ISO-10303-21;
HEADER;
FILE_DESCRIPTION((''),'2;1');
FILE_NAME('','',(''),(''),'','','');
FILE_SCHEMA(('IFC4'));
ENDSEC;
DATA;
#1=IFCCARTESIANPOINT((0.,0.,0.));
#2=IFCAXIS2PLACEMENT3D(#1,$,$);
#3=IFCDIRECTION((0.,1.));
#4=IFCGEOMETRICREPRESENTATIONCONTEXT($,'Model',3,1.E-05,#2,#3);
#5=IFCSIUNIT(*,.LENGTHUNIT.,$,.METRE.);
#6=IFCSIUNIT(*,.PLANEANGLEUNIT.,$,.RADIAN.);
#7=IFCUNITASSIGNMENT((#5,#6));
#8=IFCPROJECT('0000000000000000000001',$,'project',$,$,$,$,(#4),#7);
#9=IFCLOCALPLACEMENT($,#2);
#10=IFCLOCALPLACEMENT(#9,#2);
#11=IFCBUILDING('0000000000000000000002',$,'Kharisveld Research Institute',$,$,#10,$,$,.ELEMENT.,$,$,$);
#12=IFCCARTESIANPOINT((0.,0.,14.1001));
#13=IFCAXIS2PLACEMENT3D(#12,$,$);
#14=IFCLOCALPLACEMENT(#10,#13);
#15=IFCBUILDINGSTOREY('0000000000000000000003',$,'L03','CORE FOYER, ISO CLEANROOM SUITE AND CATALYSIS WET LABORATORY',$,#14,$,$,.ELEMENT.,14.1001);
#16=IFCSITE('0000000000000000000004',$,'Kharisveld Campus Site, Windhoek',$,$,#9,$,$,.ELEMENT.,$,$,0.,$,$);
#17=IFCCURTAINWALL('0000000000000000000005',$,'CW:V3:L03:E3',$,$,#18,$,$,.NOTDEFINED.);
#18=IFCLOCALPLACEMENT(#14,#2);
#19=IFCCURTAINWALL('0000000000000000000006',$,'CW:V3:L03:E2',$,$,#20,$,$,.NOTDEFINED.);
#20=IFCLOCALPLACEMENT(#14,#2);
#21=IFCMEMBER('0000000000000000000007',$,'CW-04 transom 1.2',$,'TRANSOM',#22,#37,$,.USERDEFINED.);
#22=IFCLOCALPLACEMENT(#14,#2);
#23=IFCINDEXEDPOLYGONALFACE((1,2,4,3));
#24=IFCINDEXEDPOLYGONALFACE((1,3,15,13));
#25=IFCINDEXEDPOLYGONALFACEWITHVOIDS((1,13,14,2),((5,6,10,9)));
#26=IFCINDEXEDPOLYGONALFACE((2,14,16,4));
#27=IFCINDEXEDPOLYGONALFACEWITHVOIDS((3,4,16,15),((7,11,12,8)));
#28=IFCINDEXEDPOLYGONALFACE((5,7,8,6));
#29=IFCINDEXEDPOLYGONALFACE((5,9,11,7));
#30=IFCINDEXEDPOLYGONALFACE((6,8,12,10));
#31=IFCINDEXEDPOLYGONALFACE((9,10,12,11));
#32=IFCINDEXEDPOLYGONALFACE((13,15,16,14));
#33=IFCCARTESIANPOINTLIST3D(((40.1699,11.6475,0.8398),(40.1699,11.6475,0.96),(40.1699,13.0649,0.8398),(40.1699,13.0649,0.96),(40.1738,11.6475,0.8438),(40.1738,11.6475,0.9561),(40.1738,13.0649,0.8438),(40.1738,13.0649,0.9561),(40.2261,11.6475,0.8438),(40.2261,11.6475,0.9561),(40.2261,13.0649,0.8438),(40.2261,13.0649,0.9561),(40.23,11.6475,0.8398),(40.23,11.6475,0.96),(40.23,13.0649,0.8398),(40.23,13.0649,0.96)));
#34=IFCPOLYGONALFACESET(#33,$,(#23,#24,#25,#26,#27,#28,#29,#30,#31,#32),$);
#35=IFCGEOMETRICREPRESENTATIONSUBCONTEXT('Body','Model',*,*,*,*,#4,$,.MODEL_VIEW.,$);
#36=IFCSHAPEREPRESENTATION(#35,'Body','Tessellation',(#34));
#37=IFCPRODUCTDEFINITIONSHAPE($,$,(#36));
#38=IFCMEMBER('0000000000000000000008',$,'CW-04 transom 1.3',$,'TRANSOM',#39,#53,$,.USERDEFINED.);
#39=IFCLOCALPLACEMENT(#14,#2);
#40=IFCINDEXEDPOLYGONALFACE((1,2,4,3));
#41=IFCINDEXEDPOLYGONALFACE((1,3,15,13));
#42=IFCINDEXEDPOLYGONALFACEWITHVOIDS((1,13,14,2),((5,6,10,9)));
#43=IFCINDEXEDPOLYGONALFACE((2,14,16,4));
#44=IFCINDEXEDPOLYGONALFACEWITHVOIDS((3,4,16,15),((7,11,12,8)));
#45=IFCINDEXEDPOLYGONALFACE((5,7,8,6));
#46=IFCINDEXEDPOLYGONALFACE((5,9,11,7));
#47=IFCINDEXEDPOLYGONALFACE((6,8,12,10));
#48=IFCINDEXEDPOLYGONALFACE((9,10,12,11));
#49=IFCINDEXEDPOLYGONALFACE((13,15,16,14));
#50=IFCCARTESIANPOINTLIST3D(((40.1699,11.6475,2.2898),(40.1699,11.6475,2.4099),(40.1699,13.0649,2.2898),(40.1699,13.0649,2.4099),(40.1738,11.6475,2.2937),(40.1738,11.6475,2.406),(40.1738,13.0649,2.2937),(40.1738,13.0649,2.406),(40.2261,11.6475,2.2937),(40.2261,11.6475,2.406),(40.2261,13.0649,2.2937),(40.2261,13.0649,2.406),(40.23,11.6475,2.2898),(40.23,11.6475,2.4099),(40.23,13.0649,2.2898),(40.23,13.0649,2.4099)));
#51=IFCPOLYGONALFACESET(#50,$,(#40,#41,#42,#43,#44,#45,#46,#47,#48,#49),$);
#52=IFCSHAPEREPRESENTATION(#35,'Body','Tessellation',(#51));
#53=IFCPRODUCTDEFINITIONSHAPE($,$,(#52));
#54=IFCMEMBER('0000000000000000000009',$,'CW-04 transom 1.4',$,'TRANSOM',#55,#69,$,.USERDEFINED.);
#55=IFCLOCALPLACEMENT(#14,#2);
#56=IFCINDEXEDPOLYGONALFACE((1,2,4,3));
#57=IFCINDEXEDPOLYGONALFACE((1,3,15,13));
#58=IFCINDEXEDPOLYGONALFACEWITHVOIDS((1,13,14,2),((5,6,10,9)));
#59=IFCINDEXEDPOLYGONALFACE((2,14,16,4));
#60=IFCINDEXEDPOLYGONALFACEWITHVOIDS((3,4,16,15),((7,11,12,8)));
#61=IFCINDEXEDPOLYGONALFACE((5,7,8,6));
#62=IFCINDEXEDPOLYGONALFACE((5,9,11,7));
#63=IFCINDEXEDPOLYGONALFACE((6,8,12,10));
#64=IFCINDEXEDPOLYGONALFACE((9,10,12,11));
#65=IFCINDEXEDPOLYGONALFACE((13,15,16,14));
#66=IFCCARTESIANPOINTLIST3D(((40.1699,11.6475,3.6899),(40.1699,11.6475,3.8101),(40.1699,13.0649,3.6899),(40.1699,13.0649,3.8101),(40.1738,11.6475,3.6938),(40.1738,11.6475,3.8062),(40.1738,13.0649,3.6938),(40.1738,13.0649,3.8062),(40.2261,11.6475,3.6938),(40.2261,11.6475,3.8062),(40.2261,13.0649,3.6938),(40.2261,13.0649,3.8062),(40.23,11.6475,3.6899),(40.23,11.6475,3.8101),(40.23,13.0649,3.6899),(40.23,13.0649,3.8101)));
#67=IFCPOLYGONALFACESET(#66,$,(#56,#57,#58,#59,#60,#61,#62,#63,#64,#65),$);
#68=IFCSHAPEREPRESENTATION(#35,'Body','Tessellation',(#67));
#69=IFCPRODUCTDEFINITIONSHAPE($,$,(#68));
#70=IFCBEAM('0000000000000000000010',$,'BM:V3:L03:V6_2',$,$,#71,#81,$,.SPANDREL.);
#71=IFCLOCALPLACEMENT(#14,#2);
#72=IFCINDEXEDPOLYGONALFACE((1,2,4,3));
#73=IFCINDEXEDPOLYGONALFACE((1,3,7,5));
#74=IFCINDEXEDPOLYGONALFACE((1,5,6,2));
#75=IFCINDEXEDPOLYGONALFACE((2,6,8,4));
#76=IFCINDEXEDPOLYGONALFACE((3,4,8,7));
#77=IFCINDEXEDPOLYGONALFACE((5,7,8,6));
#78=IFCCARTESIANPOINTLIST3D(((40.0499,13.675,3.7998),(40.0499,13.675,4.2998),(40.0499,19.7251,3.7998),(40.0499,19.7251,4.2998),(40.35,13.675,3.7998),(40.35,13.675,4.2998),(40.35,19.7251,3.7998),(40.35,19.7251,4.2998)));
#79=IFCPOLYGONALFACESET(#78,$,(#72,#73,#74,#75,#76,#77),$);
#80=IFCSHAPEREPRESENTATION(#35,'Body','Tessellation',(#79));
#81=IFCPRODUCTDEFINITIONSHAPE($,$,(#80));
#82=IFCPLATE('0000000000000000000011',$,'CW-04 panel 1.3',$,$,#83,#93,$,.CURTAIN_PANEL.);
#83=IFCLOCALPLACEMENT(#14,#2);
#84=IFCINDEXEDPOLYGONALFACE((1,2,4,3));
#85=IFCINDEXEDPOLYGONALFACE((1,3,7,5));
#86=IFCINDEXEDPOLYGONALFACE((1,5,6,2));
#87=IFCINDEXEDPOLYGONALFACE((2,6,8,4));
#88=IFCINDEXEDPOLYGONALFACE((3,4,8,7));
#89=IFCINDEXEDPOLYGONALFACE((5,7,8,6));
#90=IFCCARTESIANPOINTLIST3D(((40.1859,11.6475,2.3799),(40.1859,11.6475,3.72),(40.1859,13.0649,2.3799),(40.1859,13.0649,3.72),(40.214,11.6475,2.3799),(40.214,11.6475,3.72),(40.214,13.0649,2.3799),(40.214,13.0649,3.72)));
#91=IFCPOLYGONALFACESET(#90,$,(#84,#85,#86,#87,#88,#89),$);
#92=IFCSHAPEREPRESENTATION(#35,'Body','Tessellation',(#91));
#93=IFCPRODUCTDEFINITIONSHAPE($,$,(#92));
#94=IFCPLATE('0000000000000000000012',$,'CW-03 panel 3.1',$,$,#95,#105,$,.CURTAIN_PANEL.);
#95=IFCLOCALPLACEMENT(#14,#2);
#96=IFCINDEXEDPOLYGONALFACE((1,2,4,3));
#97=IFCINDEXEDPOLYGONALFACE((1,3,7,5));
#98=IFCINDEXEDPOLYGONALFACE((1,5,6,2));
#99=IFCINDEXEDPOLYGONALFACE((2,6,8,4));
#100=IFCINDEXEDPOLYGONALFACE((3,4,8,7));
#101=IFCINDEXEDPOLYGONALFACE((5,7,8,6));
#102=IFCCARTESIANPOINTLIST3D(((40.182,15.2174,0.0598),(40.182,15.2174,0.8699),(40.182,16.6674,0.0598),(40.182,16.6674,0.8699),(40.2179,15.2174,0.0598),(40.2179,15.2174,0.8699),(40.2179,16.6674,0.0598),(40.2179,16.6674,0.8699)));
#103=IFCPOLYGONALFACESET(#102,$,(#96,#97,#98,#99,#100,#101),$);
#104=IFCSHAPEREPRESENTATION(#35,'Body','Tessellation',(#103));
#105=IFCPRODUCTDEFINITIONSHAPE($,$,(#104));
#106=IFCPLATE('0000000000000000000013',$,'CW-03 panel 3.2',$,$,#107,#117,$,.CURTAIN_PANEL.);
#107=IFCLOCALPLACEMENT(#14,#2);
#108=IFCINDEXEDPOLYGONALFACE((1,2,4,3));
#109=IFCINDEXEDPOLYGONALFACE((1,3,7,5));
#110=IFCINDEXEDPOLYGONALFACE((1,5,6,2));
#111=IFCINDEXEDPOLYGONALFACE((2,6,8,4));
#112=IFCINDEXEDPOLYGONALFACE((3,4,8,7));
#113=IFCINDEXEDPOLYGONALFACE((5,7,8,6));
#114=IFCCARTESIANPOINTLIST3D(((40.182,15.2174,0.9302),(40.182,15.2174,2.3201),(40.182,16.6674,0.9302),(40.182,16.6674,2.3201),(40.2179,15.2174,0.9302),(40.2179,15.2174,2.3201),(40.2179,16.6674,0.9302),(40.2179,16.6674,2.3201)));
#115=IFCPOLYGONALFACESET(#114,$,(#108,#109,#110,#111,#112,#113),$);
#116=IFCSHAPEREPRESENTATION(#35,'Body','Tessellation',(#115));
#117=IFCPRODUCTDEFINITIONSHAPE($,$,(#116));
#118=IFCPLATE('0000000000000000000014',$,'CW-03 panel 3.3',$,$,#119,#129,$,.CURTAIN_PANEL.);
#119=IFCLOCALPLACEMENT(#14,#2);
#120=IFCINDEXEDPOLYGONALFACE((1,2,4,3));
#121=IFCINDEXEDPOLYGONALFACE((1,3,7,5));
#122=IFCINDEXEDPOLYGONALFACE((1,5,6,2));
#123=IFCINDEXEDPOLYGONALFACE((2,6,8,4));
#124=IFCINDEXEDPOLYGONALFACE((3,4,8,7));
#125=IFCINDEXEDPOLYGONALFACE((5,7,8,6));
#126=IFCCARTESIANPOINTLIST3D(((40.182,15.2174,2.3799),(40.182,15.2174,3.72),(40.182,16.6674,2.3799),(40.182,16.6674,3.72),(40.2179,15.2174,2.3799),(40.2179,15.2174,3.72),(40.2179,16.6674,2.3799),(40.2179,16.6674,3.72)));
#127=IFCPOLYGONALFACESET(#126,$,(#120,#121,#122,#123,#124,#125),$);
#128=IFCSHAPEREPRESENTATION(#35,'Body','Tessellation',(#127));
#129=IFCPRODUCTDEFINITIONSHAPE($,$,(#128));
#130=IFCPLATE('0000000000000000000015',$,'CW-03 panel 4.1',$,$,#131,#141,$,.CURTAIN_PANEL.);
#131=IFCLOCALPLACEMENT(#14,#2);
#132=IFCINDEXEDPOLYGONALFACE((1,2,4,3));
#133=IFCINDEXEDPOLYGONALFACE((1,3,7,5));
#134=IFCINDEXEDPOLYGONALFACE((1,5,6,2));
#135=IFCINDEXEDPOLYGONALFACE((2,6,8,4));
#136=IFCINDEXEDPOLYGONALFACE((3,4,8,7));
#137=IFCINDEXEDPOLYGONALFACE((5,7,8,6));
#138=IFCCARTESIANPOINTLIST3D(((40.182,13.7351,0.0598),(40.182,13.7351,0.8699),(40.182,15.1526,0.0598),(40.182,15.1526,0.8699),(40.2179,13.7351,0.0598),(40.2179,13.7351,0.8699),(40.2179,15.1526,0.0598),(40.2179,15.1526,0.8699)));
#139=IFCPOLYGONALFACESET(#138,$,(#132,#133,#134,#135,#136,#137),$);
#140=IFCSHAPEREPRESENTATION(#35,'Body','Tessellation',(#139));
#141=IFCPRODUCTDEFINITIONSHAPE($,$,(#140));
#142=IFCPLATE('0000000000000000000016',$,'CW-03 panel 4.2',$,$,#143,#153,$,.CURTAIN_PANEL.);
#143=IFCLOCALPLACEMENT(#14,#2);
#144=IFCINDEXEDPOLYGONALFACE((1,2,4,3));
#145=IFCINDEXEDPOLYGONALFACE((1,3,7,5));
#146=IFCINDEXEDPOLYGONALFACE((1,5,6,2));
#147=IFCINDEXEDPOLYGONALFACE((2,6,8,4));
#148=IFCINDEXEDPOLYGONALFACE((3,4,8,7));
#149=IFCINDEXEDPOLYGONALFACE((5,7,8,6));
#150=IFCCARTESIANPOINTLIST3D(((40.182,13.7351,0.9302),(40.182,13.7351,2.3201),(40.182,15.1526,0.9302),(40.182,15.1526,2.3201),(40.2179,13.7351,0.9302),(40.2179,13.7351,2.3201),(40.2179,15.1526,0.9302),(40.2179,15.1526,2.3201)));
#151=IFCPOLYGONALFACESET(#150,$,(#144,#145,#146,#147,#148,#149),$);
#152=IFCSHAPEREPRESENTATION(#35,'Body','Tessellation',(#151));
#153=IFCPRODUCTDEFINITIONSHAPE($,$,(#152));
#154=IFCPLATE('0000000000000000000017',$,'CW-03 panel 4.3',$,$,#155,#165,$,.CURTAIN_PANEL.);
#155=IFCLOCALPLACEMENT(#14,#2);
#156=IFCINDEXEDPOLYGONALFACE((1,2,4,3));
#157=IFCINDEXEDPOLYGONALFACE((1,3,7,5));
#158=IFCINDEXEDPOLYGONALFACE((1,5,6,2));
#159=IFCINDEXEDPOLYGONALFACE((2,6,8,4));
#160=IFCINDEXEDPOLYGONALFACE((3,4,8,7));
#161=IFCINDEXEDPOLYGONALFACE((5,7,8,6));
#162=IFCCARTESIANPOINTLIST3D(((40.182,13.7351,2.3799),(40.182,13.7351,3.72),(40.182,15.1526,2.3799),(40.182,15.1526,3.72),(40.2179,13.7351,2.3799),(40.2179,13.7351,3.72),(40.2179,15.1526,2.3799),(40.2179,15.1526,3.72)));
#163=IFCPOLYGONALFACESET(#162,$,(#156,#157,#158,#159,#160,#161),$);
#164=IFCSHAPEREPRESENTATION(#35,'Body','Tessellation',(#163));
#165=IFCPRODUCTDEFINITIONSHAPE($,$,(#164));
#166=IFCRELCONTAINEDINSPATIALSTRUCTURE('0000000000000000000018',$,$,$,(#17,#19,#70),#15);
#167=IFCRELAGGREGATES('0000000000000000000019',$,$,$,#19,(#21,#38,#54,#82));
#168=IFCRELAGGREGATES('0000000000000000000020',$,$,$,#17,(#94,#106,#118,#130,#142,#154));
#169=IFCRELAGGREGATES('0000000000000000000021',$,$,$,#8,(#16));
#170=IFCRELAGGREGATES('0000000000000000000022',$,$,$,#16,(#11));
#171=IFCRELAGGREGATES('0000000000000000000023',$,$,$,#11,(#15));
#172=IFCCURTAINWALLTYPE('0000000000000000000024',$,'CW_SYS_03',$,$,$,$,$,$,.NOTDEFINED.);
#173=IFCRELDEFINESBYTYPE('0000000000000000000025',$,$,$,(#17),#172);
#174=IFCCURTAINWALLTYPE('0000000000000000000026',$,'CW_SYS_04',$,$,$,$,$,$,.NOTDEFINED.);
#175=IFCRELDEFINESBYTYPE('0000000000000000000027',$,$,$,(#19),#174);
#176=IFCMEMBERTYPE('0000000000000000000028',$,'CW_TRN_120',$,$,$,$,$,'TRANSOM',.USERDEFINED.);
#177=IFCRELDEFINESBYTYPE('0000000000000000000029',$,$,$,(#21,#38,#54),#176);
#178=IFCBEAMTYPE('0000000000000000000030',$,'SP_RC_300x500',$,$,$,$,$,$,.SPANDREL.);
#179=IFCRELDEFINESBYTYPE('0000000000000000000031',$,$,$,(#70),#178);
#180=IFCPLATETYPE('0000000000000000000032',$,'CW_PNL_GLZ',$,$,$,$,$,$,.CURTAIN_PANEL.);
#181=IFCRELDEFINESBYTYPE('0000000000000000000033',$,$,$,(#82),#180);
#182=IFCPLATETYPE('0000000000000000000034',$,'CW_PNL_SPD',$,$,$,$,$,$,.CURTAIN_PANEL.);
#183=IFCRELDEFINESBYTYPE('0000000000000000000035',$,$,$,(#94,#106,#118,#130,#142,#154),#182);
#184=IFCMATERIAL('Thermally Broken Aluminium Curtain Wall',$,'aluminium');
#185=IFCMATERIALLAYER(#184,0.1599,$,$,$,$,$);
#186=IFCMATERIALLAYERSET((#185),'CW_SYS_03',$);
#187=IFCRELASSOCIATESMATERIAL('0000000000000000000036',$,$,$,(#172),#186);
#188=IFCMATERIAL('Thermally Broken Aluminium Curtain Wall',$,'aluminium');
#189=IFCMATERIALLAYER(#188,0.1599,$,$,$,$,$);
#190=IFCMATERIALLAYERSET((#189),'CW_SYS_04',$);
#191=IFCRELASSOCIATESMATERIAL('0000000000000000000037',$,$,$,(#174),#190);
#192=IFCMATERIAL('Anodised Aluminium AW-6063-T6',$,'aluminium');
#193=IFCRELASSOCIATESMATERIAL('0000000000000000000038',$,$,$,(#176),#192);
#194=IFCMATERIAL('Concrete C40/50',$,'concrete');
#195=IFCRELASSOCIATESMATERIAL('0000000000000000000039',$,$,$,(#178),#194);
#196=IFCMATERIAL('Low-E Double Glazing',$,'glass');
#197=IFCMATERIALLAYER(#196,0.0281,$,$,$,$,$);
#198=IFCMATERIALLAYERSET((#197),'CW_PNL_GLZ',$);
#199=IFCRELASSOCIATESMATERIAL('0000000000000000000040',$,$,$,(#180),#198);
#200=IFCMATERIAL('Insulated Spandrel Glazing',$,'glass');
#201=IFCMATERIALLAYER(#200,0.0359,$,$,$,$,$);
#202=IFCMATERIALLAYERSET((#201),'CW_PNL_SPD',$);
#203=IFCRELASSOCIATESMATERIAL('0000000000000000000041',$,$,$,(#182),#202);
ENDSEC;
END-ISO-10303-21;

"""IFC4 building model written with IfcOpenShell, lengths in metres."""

from ifc_helpers import new_model, si_unit, direction, frame, origin, origin_2d, place, context, subcontext, project, spatial, rectangle, hollow_rectangle, extrude, material, layer, layer_set, material_profile, profile_set, type_object, element, aggregate, save


model = new_model("IFC4")

# Units and contexts
model_context = context("Model", 3, precision=1e-05, world=origin(), true_north=direction((0.0, 1.0)))
body_context = subcontext(model_context, "Body", "Model", "MODEL_VIEW")
ifc_project = project(units=[si_unit("LENGTHUNIT", "METRE"), si_unit("PLANEANGLEUNIT", "RADIAN")], contexts=[model_context])

# Site, building, storey
site_placement = place(None, origin())
site = spatial("IfcSite", under=ifc_project, at=site_placement, Name="Kharisveld Campus Site, Windhoek", CompositionType="ELEMENT", RefElevation=0.0)
building_placement = place(site_placement, origin())
building = spatial("IfcBuilding", under=site, at=building_placement, Name="Kharisveld Research Institute", CompositionType="ELEMENT")
storey_placement = place(building_placement, frame((0.0, 0.0, 14.1001)))
storey = spatial("IfcBuildingStorey", under=building, at=storey_placement, Name="L03", Description="CORE FOYER, ISO CLEANROOM SUITE AND CATALYSIS WET LABORATORY", CompositionType="ELEMENT", Elevation=14.1001)

# Curtain wall
ifc_material_1 = material(Name="Thermally Broken Aluminium Curtain Wall", Category="aluminium")
ifc_layer_1 = layer(ifc_material_1, 0.1599)
ifc_layer_set_1 = layer_set([ifc_layer_1], Name="CW_SYS_03")
curtain_wall_type_1 = type_object("IfcCurtainWallType", Name="CW_SYS_03", PredefinedType="NOTDEFINED", material=ifc_layer_set_1)
curtain_wall_1_placement = place(storey_placement, origin())
curtain_wall_1 = element("IfcCurtainWall", 1, at=curtain_wall_1_placement, inside=storey, type_object=curtain_wall_type_1, Name="CW:V3:L03:E3", PredefinedType="NOTDEFINED")

# Curtain wall
ifc_material_2 = material(Name="Thermally Broken Aluminium Curtain Wall", Category="aluminium")
ifc_layer_2 = layer(ifc_material_2, 0.1599)
ifc_layer_set_2 = layer_set([ifc_layer_2], Name="CW_SYS_04")
curtain_wall_type_2 = type_object("IfcCurtainWallType", Name="CW_SYS_04", PredefinedType="NOTDEFINED", material=ifc_layer_set_2)
curtain_wall_2_placement = place(storey_placement, origin())
curtain_wall_2 = element("IfcCurtainWall", 2, at=curtain_wall_2_placement, inside=storey, type_object=curtain_wall_type_2, Name="CW:V3:L03:E2", PredefinedType="NOTDEFINED")

# Members
ifc_material_3 = material(Name="Anodised Aluminium AW-6063-T6", Category="aluminium")
ifc_material_profile_1 = material_profile(ifc_material_3, hollow_rectangle(XDim=0.0601, YDim=0.1201, WallThickness=0.0039, at=origin_2d()))
ifc_profile_set_1 = profile_set([ifc_material_profile_1], Name="Anodised Aluminium AW-6063-T6")
member_type_1 = type_object("IfcMemberType", Name="CW_TRN_120", ElementType="TRANSOM", PredefinedType="USERDEFINED", material=ifc_profile_set_1)
member_1_placement = place(storey_placement, frame((40.2, 13.0649, 0.8999), z_axis=(0.0, -1.0, 0.0), x_axis=(1.0, 0.0, 0.0)))
member_1 = element("IfcMember", 3, at=member_1_placement, type_object=member_type_1, Name="CW-04 transom 1.2", ObjectType="TRANSOM", PredefinedType="USERDEFINED", context=body_context, shape_type="SweptSolid", body=[
    extrude(hollow_rectangle(XDim=0.0601, YDim=0.1201, WallThickness=0.0039, at=origin_2d()), origin(), (0.0, 0.0, 1.0), 1.4175),
])
member_2_placement = place(storey_placement, frame((40.2, 13.0649, 2.3499), z_axis=(0.0, -1.0, 0.0), x_axis=(1.0, 0.0, 0.0)))
member_2 = element("IfcMember", 4, at=member_2_placement, type_object=member_type_1, Name="CW-04 transom 1.3", ObjectType="TRANSOM", PredefinedType="USERDEFINED", context=body_context, shape_type="SweptSolid", body=[
    extrude(hollow_rectangle(XDim=0.0601, YDim=0.1201, WallThickness=0.0039, at=origin_2d()), origin(), (0.0, 0.0, 1.0), 1.4175),
])
member_3_placement = place(storey_placement, frame((40.2, 13.0649, 3.75), z_axis=(0.0, -1.0, 0.0), x_axis=(1.0, 0.0, 0.0)))
member_3 = element("IfcMember", 5, at=member_3_placement, type_object=member_type_1, Name="CW-04 transom 1.4", ObjectType="TRANSOM", PredefinedType="USERDEFINED", context=body_context, shape_type="SweptSolid", body=[
    extrude(hollow_rectangle(XDim=0.0601, YDim=0.1201, WallThickness=0.0039, at=origin_2d()), origin(), (0.0, 0.0, 1.0), 1.4175),
])

# Beam
ifc_material_4 = material(Name="Concrete C40/50", Category="concrete")
ifc_material_profile_2 = material_profile(ifc_material_4, rectangle(XDim=0.3, YDim=0.5, at=origin_2d()))
ifc_profile_set_2 = profile_set([ifc_material_profile_2], Name="Concrete C40/50")
beam_type = type_object("IfcBeamType", Name="SP_RC_300x500", PredefinedType="SPANDREL", material=ifc_profile_set_2)
beam_placement = place(storey_placement, frame((40.2, 13.675, 4.0498), z_axis=(0.0, 1.0, 0.0), x_axis=(-1.0, 0.0, 0.0)))
element("IfcBeam", 6, at=beam_placement, inside=storey, type_object=beam_type, Name="BM:V3:L03:V6_2", PredefinedType="SPANDREL", context=body_context, shape_type="SweptSolid", body=[
    extrude(rectangle(XDim=0.3, YDim=0.5, at=origin_2d()), origin(), (0.0, 0.0, 1.0), 6.05),
])

# Plates
ifc_material_5 = material(Name="Low-E Double Glazing", Category="glass")
ifc_layer_3 = layer(ifc_material_5, 0.0281)
ifc_layer_set_3 = layer_set([ifc_layer_3], Name="CW_PNL_GLZ")
plate_type_1 = type_object("IfcPlateType", Name="CW_PNL_GLZ", PredefinedType="CURTAIN_PANEL", material=ifc_layer_set_3)
plate_1_placement = place(storey_placement, frame((40.2, 12.3562, 2.3799), z_axis=(0.0, 0.0, 1.0), x_axis=(0.0, -1.0, 0.0)))
plate_1 = element("IfcPlate", 7, at=plate_1_placement, type_object=plate_type_1, Name="CW-04 panel 1.3", PredefinedType="CURTAIN_PANEL", context=body_context, shape_type="SweptSolid", body=[
    extrude(rectangle(XDim=1.4175, YDim=0.0281, at=origin_2d()), origin(), (0.0, 0.0, 1.0), 1.3401),
])
aggregate(curtain_wall_2, [member_1, member_2, member_3, plate_1])
ifc_material_6 = material(Name="Insulated Spandrel Glazing", Category="glass")
ifc_layer_4 = layer(ifc_material_6, 0.0359)
ifc_layer_set_4 = layer_set([ifc_layer_4], Name="CW_PNL_SPD")
plate_type_2 = type_object("IfcPlateType", Name="CW_PNL_SPD", PredefinedType="CURTAIN_PANEL", material=ifc_layer_set_4)
plate_2_placement = place(storey_placement, frame((40.2, 15.9424, 0.0598), z_axis=(0.0, 0.0, 1.0), x_axis=(0.0, -1.0, 0.0)))
plate_2 = element("IfcPlate", 8, at=plate_2_placement, type_object=plate_type_2, Name="CW-03 panel 3.1", PredefinedType="CURTAIN_PANEL", context=body_context, shape_type="SweptSolid", body=[
    extrude(rectangle(XDim=1.45, YDim=0.0359, at=origin_2d()), origin(), (0.0, 0.0, 1.0), 0.8101),
])
plate_3_placement = place(storey_placement, frame((40.2, 15.9424, 0.9302), z_axis=(0.0, 0.0, 1.0), x_axis=(0.0, -1.0, 0.0)))
plate_3 = element("IfcPlate", 9, at=plate_3_placement, type_object=plate_type_2, Name="CW-03 panel 3.2", PredefinedType="CURTAIN_PANEL", context=body_context, shape_type="SweptSolid", body=[
    extrude(rectangle(XDim=1.45, YDim=0.0359, at=origin_2d()), origin(), (0.0, 0.0, 1.0), 1.3899),
])
plate_4_placement = place(storey_placement, frame((40.2, 15.9424, 2.3799), z_axis=(0.0, 0.0, 1.0), x_axis=(0.0, -1.0, 0.0)))
plate_4 = element("IfcPlate", 10, at=plate_4_placement, type_object=plate_type_2, Name="CW-03 panel 3.3", PredefinedType="CURTAIN_PANEL", context=body_context, shape_type="SweptSolid", body=[
    extrude(rectangle(XDim=1.45, YDim=0.0359, at=origin_2d()), origin(), (0.0, 0.0, 1.0), 1.3401),
])
plate_5_placement = place(storey_placement, frame((40.2, 14.4438, 0.0598), z_axis=(0.0, 0.0, 1.0), x_axis=(0.0, -1.0, 0.0)))
plate_5 = element("IfcPlate", 11, at=plate_5_placement, type_object=plate_type_2, Name="CW-03 panel 4.1", PredefinedType="CURTAIN_PANEL", context=body_context, shape_type="SweptSolid", body=[
    extrude(rectangle(XDim=1.4175, YDim=0.0359, at=origin_2d()), origin(), (0.0, 0.0, 1.0), 0.8101),
])
plate_6_placement = place(storey_placement, frame((40.2, 14.4438, 0.9302), z_axis=(0.0, 0.0, 1.0), x_axis=(0.0, -1.0, 0.0)))
plate_6 = element("IfcPlate", 12, at=plate_6_placement, type_object=plate_type_2, Name="CW-03 panel 4.2", PredefinedType="CURTAIN_PANEL", context=body_context, shape_type="SweptSolid", body=[
    extrude(rectangle(XDim=1.4175, YDim=0.0359, at=origin_2d()), origin(), (0.0, 0.0, 1.0), 1.3899),
])
plate_7_placement = place(storey_placement, frame((40.2, 14.4438, 2.3799), z_axis=(0.0, 0.0, 1.0), x_axis=(0.0, -1.0, 0.0)))
plate_7 = element("IfcPlate", 13, at=plate_7_placement, type_object=plate_type_2, Name="CW-03 panel 4.3", PredefinedType="CURTAIN_PANEL", context=body_context, shape_type="SweptSolid", body=[
    extrude(rectangle(XDim=1.4175, YDim=0.0359, at=origin_2d()), origin(), (0.0, 0.0, 1.0), 1.3401),
])
aggregate(curtain_wall_1, [plate_2, plate_3, plate_4, plate_5, plate_6, plate_7])

save(model, "model.ifc")
